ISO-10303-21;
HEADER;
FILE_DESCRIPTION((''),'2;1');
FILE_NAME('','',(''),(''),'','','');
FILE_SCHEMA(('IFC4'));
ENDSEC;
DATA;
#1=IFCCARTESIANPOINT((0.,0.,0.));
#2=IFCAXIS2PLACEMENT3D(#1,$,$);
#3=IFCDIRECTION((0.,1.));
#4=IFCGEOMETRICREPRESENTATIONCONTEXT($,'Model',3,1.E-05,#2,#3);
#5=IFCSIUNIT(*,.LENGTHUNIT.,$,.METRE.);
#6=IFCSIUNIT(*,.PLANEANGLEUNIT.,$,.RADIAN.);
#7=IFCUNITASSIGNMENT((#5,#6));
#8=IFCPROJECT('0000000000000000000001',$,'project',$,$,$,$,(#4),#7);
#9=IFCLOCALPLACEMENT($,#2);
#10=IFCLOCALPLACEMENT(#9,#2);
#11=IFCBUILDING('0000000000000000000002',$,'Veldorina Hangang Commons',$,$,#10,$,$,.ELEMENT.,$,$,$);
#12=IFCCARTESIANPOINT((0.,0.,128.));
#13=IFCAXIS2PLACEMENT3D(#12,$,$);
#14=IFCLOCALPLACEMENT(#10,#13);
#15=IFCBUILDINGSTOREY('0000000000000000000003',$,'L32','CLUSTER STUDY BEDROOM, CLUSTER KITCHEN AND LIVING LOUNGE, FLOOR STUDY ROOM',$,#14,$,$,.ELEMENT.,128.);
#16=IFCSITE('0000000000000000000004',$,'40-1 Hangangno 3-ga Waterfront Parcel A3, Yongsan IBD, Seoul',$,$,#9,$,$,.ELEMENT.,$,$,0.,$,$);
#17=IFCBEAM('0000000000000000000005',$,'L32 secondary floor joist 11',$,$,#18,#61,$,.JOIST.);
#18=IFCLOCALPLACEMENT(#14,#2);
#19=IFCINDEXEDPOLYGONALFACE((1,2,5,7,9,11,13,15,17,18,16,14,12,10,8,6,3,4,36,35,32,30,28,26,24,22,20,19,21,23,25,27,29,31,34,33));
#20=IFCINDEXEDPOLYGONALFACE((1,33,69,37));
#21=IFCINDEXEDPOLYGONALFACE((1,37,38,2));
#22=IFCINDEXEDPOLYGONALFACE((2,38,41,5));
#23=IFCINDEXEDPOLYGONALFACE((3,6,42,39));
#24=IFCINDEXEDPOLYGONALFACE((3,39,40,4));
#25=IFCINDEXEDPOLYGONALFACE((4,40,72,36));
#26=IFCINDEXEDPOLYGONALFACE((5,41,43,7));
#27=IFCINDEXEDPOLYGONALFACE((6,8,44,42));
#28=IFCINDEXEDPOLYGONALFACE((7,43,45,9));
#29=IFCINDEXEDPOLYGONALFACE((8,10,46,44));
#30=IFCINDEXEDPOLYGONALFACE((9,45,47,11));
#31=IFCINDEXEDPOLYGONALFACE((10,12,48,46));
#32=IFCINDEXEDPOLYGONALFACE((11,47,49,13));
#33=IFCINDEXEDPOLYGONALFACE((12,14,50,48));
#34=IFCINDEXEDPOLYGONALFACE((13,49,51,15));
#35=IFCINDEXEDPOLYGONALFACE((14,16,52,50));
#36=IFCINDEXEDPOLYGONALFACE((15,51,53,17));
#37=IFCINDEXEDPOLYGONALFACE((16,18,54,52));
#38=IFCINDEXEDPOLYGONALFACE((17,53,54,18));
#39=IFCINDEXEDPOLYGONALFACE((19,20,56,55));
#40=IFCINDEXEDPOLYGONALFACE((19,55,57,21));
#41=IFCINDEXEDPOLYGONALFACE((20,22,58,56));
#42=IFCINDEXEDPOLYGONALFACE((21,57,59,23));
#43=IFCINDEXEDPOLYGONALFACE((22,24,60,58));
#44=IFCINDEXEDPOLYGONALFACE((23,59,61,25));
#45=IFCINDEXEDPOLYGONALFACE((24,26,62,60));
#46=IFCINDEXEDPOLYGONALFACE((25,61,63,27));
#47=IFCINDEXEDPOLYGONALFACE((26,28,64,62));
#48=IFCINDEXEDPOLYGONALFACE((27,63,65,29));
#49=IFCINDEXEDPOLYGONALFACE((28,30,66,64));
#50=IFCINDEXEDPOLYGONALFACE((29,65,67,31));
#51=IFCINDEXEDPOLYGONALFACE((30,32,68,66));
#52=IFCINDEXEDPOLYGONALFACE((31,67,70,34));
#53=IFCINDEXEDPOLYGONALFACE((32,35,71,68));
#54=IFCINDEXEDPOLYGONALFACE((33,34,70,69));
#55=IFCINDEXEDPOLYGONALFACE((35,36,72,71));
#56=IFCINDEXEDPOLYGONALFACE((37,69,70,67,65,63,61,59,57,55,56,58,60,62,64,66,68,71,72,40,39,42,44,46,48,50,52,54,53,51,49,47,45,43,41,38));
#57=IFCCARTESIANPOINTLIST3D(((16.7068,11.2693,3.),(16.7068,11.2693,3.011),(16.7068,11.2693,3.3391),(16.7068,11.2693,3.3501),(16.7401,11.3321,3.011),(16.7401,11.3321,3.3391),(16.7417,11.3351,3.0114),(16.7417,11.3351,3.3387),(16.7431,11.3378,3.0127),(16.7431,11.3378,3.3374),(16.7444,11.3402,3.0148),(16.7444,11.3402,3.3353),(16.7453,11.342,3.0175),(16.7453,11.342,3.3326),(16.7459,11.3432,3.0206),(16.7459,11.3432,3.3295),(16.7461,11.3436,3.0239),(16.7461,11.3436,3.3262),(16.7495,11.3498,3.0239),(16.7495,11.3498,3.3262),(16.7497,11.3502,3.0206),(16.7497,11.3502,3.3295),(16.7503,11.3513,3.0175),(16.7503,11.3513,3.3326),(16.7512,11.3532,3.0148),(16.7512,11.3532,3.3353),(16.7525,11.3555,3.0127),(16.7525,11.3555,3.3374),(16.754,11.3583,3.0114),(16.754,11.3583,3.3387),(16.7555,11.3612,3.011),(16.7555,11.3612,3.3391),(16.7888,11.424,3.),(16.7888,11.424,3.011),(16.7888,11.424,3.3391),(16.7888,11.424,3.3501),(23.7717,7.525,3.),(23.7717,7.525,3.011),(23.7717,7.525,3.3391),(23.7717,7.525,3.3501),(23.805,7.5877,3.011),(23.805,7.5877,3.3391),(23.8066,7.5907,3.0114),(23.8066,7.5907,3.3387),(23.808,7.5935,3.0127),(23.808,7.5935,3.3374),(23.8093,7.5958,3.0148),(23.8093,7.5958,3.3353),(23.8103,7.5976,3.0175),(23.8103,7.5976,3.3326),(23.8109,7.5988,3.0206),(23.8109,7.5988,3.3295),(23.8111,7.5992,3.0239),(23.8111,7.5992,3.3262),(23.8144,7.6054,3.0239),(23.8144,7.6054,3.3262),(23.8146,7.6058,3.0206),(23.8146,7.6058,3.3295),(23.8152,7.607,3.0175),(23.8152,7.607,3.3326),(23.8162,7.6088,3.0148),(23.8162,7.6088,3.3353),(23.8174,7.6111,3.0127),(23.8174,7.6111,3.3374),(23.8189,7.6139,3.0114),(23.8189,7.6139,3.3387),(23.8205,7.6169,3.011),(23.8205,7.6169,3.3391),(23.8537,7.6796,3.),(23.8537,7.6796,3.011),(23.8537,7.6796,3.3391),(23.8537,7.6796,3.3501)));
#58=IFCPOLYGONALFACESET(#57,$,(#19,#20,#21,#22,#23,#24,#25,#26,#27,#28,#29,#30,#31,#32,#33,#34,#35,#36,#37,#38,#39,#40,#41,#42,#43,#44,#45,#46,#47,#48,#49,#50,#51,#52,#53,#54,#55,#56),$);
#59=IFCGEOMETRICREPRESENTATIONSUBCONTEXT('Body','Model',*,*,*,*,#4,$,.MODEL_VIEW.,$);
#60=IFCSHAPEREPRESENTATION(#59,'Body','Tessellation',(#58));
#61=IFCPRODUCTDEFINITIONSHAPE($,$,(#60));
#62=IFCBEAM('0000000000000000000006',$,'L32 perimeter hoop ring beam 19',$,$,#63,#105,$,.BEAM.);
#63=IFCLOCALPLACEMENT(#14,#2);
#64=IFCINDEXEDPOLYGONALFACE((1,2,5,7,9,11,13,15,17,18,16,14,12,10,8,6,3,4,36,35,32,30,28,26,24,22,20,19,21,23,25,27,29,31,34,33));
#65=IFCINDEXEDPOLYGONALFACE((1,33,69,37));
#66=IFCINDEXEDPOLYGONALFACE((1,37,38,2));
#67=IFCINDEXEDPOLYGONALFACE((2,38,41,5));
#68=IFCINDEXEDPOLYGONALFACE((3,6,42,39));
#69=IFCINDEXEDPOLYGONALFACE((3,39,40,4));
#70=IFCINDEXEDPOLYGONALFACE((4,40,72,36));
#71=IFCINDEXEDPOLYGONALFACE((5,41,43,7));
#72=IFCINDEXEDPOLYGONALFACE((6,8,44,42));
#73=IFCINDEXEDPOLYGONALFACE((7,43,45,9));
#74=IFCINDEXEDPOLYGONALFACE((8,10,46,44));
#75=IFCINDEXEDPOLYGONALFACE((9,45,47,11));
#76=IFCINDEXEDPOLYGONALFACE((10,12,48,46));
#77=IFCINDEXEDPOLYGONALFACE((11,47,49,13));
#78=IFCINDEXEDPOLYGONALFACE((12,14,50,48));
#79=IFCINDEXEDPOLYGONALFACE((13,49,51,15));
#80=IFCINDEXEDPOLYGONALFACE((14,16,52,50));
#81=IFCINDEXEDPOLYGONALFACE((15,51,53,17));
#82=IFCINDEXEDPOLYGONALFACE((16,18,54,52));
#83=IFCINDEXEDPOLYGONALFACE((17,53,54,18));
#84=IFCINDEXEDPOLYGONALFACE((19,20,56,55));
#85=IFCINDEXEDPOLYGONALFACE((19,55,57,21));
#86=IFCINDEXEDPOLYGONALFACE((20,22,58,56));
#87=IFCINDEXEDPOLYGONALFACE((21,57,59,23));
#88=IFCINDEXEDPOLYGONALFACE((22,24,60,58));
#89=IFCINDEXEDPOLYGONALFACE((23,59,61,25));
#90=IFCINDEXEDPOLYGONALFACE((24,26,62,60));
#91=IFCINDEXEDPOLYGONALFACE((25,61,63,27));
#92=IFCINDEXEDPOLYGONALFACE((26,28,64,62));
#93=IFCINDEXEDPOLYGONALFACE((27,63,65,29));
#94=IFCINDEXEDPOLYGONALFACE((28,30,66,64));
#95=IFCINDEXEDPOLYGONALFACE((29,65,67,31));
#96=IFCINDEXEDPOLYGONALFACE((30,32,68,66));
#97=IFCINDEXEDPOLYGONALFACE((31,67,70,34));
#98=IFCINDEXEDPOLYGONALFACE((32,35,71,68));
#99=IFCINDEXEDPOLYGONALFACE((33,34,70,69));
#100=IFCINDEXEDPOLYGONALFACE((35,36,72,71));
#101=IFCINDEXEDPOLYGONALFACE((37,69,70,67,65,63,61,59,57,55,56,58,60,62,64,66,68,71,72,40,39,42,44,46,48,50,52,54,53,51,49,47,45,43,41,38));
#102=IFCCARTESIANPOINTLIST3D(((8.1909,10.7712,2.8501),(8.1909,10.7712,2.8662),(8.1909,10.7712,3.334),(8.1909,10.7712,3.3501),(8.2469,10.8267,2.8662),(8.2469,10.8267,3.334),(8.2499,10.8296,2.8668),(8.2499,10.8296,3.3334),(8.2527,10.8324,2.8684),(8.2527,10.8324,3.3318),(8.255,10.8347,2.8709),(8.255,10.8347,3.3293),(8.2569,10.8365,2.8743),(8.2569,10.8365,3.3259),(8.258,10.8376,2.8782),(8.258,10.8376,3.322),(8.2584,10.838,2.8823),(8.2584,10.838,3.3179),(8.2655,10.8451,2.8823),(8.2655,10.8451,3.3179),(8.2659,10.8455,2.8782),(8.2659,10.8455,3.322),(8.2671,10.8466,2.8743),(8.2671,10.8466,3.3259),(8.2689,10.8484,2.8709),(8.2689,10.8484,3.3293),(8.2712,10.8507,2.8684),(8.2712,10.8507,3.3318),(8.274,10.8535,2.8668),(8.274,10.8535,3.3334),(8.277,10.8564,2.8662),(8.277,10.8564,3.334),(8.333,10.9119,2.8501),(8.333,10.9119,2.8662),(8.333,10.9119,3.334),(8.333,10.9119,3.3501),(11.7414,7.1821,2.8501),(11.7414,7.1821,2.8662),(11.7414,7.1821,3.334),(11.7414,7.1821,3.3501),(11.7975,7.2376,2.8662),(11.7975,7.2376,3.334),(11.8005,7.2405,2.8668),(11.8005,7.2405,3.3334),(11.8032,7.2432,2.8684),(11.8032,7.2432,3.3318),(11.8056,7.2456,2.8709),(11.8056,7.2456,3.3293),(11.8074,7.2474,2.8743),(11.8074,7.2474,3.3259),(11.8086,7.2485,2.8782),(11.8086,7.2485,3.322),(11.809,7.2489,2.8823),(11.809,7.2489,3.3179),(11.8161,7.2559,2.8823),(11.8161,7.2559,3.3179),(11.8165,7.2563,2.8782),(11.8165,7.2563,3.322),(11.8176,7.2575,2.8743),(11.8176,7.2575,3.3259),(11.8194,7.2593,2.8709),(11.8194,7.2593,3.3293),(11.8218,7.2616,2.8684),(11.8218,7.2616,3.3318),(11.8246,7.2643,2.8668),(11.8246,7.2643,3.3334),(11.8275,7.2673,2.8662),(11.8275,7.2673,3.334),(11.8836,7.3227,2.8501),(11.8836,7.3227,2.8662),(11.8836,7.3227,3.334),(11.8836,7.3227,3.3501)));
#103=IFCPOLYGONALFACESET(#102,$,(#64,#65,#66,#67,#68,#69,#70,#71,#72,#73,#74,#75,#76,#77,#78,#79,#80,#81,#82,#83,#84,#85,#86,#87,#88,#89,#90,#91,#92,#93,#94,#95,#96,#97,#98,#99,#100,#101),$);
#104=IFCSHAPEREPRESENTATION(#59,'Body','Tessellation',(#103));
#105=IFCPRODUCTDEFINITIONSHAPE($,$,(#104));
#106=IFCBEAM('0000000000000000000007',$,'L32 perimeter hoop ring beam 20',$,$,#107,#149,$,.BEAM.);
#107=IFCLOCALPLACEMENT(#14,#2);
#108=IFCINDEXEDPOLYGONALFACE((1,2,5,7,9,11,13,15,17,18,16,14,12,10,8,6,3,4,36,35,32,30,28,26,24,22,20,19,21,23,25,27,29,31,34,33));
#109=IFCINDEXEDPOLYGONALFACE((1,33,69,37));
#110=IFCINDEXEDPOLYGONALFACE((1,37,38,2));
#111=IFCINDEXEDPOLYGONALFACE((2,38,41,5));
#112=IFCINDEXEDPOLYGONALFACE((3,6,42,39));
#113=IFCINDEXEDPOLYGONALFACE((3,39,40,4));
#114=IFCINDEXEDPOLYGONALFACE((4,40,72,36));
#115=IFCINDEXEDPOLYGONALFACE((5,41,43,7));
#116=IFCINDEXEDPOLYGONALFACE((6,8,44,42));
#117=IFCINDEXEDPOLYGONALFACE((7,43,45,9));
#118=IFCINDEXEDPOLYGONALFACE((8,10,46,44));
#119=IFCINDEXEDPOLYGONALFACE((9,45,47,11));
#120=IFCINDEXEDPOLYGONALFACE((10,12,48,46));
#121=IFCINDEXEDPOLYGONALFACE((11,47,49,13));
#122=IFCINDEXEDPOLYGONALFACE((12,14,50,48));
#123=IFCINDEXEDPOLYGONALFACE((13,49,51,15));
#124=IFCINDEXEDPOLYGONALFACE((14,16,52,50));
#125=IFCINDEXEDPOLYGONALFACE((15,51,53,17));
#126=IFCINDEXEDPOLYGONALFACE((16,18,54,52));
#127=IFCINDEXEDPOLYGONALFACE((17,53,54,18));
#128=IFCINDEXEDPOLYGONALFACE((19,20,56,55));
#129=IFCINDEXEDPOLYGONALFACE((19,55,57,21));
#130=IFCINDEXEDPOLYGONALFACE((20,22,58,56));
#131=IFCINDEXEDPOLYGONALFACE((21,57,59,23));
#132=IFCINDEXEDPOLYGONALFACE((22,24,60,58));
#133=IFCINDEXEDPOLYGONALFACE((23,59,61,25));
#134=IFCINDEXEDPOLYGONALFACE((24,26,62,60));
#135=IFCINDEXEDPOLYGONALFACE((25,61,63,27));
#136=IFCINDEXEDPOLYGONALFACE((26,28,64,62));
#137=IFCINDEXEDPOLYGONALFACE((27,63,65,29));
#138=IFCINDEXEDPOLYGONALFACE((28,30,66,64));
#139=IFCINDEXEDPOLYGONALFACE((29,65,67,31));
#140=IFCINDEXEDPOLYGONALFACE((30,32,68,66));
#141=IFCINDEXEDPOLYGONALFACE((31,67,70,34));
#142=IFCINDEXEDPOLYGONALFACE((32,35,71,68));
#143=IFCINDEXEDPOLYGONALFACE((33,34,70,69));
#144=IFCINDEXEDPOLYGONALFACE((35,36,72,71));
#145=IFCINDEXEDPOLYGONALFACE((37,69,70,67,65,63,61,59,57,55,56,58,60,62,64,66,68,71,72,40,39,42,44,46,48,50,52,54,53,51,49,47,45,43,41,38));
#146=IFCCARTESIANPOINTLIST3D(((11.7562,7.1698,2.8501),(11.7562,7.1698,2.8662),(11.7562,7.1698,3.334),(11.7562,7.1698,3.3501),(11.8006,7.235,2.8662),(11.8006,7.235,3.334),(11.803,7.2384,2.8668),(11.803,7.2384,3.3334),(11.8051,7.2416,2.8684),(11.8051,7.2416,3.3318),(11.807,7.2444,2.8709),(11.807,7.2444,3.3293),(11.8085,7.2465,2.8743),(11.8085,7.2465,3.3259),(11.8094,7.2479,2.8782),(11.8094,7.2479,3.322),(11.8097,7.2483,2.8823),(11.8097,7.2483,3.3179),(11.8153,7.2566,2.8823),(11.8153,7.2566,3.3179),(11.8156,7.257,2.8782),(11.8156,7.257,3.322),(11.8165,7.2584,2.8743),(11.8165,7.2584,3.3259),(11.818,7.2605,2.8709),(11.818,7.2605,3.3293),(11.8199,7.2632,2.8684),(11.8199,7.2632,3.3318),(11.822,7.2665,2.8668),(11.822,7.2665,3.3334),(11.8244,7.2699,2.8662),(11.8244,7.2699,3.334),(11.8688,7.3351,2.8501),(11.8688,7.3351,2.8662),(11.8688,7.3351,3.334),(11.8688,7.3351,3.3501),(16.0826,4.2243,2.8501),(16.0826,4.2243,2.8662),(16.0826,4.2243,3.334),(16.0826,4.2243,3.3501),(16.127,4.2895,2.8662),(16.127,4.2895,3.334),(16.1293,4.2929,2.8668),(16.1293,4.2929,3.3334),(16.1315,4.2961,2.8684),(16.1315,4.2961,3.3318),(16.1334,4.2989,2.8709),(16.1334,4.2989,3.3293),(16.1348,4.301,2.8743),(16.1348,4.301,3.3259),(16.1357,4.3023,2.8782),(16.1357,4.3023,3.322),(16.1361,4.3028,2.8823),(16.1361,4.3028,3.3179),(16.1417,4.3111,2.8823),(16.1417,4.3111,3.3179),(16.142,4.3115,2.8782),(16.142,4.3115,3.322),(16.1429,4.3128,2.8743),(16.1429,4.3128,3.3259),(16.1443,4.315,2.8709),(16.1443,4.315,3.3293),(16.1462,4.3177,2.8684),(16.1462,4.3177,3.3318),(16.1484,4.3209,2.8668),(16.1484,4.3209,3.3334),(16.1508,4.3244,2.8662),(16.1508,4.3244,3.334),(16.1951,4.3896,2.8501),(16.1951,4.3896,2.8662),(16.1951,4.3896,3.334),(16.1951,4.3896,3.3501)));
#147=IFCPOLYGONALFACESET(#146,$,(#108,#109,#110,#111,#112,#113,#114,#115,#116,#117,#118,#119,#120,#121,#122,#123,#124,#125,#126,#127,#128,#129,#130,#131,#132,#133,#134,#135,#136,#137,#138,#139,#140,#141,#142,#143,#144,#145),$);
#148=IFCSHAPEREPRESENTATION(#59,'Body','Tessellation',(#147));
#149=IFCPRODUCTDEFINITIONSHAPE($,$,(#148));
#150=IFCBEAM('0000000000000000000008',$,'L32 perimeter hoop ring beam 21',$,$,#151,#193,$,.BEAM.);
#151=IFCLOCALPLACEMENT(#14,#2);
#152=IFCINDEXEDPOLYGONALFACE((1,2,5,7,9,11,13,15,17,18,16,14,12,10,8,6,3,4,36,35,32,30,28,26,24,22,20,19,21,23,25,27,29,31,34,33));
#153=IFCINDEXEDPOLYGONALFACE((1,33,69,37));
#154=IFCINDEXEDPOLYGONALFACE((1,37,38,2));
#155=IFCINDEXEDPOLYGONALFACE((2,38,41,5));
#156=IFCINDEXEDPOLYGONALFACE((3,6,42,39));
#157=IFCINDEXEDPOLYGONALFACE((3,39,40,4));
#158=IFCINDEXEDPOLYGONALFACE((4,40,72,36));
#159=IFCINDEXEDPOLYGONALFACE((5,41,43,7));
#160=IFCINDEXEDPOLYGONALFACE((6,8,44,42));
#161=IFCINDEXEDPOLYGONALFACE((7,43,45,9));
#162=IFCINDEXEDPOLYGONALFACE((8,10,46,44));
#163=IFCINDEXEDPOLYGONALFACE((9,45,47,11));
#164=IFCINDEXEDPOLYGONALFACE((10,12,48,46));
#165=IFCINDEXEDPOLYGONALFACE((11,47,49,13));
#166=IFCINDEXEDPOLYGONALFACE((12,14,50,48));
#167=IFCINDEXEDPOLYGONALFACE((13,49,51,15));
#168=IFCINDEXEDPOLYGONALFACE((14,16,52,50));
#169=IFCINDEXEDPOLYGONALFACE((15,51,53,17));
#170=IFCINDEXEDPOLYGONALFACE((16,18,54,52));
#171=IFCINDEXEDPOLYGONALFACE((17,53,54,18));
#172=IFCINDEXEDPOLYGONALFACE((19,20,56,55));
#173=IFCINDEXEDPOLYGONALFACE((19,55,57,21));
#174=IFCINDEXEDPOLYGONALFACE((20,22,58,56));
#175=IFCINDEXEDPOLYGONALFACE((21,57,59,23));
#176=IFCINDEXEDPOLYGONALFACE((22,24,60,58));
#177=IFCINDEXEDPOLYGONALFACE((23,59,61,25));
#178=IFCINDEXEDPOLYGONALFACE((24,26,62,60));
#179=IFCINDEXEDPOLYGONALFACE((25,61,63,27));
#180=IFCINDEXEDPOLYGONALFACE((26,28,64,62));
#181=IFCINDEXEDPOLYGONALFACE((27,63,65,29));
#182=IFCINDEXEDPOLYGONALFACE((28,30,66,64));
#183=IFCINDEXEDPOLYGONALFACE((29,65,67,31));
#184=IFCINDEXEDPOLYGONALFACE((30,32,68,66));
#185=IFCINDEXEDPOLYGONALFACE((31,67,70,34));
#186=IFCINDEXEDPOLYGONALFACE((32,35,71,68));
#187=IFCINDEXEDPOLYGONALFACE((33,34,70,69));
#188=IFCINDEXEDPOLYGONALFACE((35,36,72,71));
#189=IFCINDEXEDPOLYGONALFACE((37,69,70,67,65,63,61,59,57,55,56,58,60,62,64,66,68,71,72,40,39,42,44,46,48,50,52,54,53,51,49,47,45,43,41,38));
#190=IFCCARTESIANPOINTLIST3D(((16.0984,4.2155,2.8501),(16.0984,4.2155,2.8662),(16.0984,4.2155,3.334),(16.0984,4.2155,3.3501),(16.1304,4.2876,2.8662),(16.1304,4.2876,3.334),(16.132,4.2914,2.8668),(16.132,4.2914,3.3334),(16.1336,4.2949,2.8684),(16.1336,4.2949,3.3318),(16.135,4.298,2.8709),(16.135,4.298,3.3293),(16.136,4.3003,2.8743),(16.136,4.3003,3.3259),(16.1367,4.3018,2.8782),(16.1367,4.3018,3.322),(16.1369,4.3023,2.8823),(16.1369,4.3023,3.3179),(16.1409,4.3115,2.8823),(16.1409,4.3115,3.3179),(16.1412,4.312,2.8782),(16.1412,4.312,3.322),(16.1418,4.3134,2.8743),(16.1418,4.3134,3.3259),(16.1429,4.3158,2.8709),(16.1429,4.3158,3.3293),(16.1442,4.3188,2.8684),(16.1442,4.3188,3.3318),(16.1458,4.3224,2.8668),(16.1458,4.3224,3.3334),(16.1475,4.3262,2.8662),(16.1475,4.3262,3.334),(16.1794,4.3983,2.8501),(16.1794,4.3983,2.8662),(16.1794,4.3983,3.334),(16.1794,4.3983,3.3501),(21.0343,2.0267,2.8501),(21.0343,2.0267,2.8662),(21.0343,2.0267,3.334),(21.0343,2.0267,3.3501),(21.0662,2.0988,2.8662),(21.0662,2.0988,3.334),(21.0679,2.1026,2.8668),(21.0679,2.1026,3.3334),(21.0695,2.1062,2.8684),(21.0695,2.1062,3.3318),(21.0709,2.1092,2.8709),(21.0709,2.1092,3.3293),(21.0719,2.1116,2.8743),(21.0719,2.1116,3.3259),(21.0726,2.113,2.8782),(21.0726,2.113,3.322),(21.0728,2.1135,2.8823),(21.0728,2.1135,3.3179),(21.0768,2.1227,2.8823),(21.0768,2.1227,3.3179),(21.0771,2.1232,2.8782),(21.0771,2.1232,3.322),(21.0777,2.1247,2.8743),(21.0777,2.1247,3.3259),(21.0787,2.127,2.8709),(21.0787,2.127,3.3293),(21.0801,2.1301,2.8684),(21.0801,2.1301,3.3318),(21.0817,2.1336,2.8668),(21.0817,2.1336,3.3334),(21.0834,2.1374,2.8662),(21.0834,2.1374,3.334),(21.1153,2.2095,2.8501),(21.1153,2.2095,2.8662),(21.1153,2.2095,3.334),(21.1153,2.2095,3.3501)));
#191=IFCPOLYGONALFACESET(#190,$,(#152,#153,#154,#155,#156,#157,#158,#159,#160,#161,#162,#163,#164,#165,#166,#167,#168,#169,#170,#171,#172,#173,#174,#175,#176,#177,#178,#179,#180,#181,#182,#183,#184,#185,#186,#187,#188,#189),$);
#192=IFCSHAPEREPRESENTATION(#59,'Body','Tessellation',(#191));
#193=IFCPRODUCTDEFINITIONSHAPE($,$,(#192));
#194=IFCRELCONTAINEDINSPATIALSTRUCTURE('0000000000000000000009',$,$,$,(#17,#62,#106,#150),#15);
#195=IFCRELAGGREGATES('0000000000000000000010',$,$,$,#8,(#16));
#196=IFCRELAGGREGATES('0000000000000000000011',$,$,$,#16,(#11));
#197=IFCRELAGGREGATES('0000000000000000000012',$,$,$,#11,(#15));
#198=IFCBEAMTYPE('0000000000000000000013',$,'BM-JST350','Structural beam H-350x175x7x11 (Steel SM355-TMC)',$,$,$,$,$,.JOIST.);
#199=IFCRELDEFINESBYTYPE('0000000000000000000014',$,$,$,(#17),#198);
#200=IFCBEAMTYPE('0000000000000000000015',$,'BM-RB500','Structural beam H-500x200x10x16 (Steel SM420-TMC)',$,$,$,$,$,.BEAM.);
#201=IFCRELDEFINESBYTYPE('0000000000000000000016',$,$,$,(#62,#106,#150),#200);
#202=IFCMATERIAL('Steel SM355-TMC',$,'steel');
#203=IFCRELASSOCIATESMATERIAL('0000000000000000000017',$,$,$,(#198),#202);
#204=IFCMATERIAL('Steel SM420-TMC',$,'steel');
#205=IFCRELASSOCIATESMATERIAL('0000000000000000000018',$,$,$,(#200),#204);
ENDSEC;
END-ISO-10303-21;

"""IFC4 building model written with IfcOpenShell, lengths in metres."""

from ifc_helpers import new_model, si_unit, direction, frame, origin, origin_2d, place, context, subcontext, project, spatial, i_section, extrude, material, material_profile, profile_set, type_object, element, save


model = new_model("IFC4")

# Units and contexts
model_context = context("Model", 3, precision=1e-05, world=origin(), true_north=direction((0.0, 1.0)))
body_context = subcontext(model_context, "Body", "Model", "MODEL_VIEW")
ifc_project = project(units=[si_unit("LENGTHUNIT", "METRE"), si_unit("PLANEANGLEUNIT", "RADIAN")], contexts=[model_context])

# Site, building, storey
site_placement = place(None, origin())
site = spatial("IfcSite", under=ifc_project, at=site_placement, Name="40-1 Hangangno 3-ga Waterfront Parcel A3, Yongsan IBD, Seoul", CompositionType="ELEMENT", RefElevation=0.0)
building_placement = place(site_placement, origin())
building = spatial("IfcBuilding", under=site, at=building_placement, Name="Veldorina Hangang Commons", CompositionType="ELEMENT")
storey_placement = place(building_placement, frame((0.0, 0.0, 128.0)))
storey = spatial("IfcBuildingStorey", under=building, at=storey_placement, Name="L32", Description="CLUSTER STUDY BEDROOM, CLUSTER KITCHEN AND LIVING LOUNGE, FLOOR STUDY ROOM", CompositionType="ELEMENT", Elevation=128.0)

# Beams
ifc_material_1 = material(Name="Steel SM355-TMC", Category="steel")
ifc_material_profile_1 = material_profile(ifc_material_1, i_section(OverallWidth=0.175, OverallDepth=0.3501, WebThickness=0.0071, FlangeThickness=0.011, FilletRadius=0.0129, at=origin_2d()), Name="H-350x175x7x11")
ifc_profile_set_1 = profile_set([ifc_material_profile_1], Name="Steel SM355-TMC")
beam_type_1 = type_object("IfcBeamType", Name="BM-JST350", Description="Structural beam H-350x175x7x11 (Steel SM355-TMC)", PredefinedType="JOIST", material=ifc_profile_set_1)
beam_1_placement = place(storey_placement, frame((16.7478, 11.3467, 3.175), z_axis=(0.883575, -0.46829, 0.0), x_axis=(0.46829, 0.883575, 0.0)))
element("IfcBeam", 1, at=beam_1_placement, inside=storey, type_object=beam_type_1, Name="L32 secondary floor joist 11", PredefinedType="JOIST", context=body_context, shape_type="SweptSolid", body=[
    extrude(i_section(OverallWidth=0.175, OverallDepth=0.3501, WebThickness=0.0071, FlangeThickness=0.011, FilletRadius=0.0129, at=origin_2d()), origin(), (0.0, 0.0, 1.0), 7.9958),
])
ifc_material_2 = material(Name="Steel SM420-TMC", Category="steel")
ifc_material_profile_2 = material_profile(ifc_material_2, i_section(OverallWidth=0.2, OverallDepth=0.5, WebThickness=0.01, FlangeThickness=0.0161, FilletRadius=0.0161, at=origin_2d()), Name="H-500x200x10x16")
ifc_profile_set_2 = profile_set([ifc_material_profile_2], Name="Steel SM420-TMC")
beam_type_2 = type_object("IfcBeamType", Name="BM-RB500", Description="Structural beam H-500x200x10x16 (Steel SM420-TMC)", PredefinedType="BEAM", material=ifc_profile_set_2)
beam_2_placement = place(storey_placement, frame((8.262, 10.8416, 3.1001), z_axis=(0.703276, -0.710917, 0.0), x_axis=(0.710917, 0.703276, 0.0)))
element("IfcBeam", 2, at=beam_2_placement, inside=storey, type_object=beam_type_2, Name="L32 perimeter hoop ring beam 19", PredefinedType="BEAM", context=body_context, shape_type="SweptSolid", body=[
    extrude(i_section(OverallWidth=0.2, OverallDepth=0.5, WebThickness=0.01, FlangeThickness=0.0161, FilletRadius=0.0161, at=origin_2d()), origin(), (0.0, 0.0, 1.0), 5.0486),
])
beam_3_placement = place(storey_placement, frame((11.8125, 7.2524, 3.1001), z_axis=(0.826607, -0.562779, 0.0), x_axis=(0.562779, 0.826607, 0.0)))
element("IfcBeam", 3, at=beam_3_placement, inside=storey, type_object=beam_type_2, Name="L32 perimeter hoop ring beam 20", PredefinedType="BEAM", context=body_context, shape_type="SweptSolid", body=[
    extrude(i_section(OverallWidth=0.2, OverallDepth=0.5, WebThickness=0.01, FlangeThickness=0.0161, FilletRadius=0.0161, at=origin_2d()), origin(), (0.0, 0.0, 1.0), 5.2339),
])
beam_4_placement = place(storey_placement, frame((16.1389, 4.3069, 3.1001), z_axis=(0.914152, -0.405371, 0.0), x_axis=(0.405371, 0.914152, 0.0)))
element("IfcBeam", 4, at=beam_4_placement, inside=storey, type_object=beam_type_2, Name="L32 perimeter hoop ring beam 21", PredefinedType="BEAM", context=body_context, shape_type="SweptSolid", body=[
    extrude(i_section(OverallWidth=0.2, OverallDepth=0.5, WebThickness=0.01, FlangeThickness=0.0161, FilletRadius=0.0161, at=origin_2d()), origin(), (0.0, 0.0, 1.0), 5.3994),
])

save(model, "model.ifc")
